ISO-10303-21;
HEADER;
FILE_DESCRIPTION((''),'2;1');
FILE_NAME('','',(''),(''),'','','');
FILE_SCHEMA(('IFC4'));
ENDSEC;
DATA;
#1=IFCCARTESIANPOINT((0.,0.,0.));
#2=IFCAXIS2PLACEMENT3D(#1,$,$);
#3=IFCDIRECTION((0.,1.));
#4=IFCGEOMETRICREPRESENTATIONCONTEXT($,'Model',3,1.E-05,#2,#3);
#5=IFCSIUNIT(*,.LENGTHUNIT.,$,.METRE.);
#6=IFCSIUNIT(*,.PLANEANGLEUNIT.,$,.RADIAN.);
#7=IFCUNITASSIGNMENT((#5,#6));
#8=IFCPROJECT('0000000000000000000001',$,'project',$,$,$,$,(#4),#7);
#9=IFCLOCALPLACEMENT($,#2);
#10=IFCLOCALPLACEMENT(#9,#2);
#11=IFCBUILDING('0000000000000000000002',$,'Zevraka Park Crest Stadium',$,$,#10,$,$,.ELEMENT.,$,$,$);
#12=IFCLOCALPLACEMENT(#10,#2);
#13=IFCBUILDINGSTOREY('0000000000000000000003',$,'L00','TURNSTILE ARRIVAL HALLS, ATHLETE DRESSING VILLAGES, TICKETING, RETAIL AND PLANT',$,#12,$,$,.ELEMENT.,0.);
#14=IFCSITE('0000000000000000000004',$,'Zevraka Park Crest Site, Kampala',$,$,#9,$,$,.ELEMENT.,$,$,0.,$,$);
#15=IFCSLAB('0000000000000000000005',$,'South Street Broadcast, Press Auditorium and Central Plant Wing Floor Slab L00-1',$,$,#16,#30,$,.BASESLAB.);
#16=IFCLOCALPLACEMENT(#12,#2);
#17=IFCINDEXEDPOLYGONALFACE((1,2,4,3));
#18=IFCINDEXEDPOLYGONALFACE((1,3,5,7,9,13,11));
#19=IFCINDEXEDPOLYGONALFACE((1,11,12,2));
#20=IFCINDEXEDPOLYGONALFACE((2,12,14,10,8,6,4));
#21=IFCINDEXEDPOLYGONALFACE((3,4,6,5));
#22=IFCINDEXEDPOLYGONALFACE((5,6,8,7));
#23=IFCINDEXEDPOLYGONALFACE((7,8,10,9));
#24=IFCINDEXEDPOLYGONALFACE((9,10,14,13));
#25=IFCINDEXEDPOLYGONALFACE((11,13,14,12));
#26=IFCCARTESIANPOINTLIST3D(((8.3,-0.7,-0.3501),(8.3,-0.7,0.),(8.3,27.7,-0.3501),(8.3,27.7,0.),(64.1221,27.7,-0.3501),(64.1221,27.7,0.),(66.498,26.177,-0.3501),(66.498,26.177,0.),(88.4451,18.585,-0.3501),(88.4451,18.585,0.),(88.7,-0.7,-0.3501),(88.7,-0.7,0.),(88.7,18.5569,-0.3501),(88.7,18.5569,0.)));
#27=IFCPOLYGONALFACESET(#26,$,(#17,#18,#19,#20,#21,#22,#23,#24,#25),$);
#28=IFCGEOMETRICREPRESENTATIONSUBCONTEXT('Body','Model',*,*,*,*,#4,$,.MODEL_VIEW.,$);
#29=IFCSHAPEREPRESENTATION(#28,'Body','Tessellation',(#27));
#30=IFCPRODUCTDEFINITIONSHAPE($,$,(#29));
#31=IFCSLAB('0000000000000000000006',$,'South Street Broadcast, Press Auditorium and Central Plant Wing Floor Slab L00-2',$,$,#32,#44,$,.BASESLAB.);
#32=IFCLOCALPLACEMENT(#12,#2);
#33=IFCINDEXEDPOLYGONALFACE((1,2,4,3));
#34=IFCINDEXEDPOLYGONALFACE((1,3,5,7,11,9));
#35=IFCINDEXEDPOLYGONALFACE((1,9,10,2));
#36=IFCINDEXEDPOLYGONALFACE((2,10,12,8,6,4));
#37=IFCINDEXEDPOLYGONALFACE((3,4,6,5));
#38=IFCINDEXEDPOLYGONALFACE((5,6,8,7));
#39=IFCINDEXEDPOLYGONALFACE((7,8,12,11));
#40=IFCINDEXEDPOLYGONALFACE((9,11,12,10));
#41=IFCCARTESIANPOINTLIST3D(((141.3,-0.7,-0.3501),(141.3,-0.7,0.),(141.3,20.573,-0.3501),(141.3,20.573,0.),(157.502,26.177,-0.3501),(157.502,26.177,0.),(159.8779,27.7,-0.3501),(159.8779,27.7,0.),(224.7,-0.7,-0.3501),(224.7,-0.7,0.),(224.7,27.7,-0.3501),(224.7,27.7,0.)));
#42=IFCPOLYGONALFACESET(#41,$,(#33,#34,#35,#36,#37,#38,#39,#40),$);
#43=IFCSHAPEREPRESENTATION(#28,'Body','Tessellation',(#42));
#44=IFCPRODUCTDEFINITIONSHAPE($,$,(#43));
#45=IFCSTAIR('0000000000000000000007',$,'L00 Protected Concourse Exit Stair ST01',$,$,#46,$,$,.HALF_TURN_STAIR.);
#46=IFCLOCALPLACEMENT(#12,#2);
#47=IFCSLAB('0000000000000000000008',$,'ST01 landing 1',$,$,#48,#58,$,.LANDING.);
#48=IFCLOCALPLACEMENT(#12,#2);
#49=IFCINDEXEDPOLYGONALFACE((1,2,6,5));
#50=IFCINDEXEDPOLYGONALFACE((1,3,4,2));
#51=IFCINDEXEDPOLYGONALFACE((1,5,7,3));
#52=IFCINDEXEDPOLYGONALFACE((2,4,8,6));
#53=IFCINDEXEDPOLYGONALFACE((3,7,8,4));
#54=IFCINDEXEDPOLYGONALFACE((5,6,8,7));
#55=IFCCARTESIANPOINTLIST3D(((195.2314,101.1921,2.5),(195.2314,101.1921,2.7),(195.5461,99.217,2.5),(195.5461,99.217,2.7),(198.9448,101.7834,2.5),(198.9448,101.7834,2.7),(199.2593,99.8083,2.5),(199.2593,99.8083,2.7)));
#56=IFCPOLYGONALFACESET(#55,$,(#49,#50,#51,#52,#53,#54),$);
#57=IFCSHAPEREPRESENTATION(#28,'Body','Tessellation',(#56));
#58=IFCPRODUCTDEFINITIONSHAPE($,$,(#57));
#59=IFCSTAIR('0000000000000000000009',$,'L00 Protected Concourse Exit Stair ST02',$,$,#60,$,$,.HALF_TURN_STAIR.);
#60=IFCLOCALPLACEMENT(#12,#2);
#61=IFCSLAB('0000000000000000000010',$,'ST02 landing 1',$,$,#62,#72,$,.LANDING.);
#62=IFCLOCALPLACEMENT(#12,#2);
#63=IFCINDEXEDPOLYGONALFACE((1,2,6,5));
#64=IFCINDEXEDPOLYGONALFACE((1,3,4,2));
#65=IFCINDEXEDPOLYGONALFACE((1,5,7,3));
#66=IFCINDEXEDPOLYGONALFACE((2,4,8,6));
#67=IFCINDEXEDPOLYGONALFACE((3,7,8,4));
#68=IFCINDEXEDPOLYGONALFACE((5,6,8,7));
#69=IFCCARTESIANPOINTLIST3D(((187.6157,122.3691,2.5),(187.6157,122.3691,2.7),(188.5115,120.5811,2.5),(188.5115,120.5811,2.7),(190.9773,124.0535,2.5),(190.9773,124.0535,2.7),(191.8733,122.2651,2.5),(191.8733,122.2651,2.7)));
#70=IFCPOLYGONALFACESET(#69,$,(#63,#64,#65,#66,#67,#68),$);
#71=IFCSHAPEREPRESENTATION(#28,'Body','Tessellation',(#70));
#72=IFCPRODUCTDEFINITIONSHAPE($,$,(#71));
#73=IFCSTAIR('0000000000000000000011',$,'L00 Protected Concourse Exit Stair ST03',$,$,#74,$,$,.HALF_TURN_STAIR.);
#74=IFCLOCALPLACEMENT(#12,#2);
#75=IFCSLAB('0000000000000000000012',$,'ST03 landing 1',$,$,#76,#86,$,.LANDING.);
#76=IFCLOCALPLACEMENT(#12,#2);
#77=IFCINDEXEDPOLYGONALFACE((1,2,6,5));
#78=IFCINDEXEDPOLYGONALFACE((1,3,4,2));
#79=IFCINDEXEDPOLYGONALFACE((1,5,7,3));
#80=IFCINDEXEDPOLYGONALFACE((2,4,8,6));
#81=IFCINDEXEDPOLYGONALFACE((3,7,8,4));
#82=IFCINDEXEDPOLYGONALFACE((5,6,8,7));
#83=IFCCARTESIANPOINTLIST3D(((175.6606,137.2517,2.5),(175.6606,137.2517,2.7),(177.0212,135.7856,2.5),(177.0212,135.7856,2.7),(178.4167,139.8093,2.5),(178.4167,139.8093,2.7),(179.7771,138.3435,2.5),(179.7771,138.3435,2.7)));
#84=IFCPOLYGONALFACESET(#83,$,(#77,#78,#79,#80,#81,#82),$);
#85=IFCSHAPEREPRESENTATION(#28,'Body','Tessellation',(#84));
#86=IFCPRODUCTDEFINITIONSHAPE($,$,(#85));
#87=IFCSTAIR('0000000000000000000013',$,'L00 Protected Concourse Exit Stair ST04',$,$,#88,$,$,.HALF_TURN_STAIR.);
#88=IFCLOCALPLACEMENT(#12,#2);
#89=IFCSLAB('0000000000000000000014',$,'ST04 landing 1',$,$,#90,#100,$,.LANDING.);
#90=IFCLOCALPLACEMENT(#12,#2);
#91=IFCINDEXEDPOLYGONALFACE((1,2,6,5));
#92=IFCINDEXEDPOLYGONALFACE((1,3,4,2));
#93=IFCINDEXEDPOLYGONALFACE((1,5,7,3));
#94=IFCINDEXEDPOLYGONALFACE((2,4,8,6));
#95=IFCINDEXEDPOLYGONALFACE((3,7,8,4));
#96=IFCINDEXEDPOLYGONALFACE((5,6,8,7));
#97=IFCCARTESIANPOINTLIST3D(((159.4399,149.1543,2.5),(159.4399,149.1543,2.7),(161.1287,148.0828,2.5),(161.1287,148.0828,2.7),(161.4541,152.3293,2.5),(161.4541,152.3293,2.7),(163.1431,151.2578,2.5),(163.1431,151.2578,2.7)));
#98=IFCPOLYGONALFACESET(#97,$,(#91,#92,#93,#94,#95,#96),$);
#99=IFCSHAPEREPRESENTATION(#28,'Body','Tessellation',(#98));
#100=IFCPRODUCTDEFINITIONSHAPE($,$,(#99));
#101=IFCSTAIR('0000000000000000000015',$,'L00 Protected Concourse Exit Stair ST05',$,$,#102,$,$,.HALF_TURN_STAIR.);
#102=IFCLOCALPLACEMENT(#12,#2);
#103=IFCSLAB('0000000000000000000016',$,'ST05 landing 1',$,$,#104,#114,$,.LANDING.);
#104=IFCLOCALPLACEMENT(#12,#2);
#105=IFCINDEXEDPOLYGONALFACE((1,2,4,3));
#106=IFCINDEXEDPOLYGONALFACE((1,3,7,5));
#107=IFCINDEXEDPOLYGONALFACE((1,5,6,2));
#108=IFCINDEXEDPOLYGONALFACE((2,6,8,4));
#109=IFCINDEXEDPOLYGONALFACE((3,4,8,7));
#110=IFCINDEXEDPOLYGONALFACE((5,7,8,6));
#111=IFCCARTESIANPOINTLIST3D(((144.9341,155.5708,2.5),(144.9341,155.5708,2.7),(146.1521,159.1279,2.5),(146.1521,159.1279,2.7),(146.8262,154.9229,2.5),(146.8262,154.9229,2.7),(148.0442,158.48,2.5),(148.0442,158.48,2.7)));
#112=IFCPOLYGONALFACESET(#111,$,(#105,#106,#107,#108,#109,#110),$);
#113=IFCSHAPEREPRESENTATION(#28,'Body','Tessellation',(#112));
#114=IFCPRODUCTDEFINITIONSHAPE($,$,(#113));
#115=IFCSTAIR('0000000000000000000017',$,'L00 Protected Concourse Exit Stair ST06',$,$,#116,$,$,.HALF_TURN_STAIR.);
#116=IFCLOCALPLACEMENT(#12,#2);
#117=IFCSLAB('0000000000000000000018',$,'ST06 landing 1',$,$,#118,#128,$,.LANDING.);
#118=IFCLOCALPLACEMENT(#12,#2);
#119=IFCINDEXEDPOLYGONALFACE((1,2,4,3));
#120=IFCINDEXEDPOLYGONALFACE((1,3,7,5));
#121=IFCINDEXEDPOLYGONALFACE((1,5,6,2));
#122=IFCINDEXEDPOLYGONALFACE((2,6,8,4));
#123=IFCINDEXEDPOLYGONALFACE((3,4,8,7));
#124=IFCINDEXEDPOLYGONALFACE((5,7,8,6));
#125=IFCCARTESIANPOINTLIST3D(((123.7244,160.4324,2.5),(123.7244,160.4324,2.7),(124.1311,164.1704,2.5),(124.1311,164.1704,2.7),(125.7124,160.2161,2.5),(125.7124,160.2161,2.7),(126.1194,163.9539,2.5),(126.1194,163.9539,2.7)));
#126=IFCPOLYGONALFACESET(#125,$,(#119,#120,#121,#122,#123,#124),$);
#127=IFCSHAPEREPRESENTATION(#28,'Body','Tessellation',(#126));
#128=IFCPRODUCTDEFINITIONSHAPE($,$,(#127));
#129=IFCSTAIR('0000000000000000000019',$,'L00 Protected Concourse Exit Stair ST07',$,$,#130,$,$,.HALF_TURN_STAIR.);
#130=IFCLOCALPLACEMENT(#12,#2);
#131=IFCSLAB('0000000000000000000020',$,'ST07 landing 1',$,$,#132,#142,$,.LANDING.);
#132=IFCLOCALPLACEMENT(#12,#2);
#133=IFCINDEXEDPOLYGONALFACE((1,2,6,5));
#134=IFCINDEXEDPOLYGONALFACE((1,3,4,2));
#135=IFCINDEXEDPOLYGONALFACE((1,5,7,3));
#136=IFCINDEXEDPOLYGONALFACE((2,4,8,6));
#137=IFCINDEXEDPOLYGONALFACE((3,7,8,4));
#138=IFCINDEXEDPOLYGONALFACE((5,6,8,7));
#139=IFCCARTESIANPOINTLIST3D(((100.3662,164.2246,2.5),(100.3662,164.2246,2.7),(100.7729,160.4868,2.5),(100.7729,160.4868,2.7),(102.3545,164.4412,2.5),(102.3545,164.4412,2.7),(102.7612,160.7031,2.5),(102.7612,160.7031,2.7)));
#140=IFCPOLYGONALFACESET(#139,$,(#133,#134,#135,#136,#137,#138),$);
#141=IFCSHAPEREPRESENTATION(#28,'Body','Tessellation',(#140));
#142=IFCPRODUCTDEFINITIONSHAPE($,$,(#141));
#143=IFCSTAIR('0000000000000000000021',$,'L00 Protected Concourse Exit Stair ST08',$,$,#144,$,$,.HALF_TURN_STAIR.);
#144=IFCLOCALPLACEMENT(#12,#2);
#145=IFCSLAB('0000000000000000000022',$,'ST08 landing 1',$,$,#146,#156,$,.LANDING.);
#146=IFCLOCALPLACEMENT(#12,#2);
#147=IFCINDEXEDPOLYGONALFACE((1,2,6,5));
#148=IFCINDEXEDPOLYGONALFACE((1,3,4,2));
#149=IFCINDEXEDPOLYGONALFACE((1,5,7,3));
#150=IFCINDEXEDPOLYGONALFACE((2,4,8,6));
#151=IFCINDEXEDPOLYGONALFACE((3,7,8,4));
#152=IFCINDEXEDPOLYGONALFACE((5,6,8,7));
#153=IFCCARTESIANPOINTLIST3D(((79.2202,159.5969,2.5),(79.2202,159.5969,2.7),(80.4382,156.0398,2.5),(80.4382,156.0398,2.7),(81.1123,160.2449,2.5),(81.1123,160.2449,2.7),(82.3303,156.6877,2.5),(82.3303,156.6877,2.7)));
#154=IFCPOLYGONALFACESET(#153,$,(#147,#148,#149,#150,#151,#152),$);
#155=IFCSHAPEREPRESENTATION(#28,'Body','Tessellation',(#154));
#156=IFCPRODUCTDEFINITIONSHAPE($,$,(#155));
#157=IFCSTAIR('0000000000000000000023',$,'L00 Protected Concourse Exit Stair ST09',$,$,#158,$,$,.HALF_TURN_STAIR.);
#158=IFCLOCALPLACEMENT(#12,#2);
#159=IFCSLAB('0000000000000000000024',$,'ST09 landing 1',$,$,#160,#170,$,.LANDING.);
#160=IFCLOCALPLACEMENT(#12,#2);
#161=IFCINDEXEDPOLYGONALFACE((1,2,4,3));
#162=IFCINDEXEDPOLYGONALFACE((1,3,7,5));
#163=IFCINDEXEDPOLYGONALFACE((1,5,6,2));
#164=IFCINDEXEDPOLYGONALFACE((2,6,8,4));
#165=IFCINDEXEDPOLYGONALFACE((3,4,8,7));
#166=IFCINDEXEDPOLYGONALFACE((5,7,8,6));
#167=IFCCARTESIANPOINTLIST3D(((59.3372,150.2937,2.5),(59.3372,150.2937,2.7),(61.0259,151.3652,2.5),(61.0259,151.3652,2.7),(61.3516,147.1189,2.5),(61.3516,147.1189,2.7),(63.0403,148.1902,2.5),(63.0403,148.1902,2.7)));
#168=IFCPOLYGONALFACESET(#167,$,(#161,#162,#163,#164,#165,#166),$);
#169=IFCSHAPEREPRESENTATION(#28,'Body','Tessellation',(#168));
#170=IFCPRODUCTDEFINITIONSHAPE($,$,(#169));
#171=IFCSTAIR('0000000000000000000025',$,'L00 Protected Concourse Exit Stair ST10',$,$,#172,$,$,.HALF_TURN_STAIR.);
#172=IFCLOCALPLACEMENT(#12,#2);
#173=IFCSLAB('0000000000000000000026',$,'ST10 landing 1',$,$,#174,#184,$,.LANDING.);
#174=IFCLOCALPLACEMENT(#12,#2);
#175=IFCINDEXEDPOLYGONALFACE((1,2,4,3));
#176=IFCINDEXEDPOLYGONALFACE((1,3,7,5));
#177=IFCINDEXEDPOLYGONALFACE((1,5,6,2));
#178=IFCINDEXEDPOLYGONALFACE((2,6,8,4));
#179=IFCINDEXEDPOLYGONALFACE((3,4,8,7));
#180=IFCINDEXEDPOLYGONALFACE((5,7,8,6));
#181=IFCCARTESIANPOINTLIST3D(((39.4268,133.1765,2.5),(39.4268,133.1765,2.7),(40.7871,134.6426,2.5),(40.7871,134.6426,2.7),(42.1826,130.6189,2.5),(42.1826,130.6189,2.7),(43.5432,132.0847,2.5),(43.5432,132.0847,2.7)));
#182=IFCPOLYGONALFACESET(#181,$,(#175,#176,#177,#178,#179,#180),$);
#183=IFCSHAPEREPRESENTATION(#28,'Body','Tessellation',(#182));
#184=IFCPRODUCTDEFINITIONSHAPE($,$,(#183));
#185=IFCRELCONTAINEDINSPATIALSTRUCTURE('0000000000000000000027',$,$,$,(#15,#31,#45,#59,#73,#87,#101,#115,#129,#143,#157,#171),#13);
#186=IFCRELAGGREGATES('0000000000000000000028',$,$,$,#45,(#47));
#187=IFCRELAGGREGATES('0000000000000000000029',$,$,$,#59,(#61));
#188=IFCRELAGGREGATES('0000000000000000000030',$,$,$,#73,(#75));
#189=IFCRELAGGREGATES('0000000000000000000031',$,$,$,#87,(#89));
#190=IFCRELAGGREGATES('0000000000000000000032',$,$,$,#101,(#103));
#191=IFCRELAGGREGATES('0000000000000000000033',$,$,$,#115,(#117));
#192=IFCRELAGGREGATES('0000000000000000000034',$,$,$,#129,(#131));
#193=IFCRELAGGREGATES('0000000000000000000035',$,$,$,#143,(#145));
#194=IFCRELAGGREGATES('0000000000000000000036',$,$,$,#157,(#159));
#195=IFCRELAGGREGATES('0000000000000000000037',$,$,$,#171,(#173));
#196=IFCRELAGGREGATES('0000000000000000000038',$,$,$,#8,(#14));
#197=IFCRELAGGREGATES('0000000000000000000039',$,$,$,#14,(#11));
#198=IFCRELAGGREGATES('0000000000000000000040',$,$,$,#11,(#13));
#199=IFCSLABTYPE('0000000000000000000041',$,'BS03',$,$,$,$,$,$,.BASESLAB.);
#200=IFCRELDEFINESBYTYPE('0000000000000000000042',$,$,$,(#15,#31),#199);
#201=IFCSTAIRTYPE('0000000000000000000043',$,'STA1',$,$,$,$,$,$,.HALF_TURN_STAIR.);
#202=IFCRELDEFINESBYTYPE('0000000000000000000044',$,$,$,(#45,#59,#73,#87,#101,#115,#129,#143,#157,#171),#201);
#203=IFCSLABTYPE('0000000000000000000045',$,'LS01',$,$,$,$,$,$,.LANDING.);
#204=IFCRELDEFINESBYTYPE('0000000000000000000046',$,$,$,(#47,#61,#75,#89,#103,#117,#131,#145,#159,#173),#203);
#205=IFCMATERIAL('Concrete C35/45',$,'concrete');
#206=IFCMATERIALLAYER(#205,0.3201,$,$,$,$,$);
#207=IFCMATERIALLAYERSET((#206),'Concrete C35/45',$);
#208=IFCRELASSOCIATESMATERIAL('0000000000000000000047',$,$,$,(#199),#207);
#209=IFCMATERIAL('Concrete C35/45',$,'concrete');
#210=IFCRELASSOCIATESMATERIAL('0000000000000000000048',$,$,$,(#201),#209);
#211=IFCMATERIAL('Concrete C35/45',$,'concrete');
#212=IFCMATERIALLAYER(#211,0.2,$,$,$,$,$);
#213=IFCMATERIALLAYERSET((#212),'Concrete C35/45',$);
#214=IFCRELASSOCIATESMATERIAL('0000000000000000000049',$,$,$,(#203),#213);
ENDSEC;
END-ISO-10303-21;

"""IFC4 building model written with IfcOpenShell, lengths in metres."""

from ifc_helpers import new_model, si_unit, direction, frame, origin, place, context, subcontext, project, spatial, polyline, outline, extrude, material, layer, layer_set, type_object, element, aggregate, save


model = new_model("IFC4")

# Units and contexts
model_context = context("Model", 3, precision=1e-05, world=origin(), true_north=direction((0.0, 1.0)))
body_context = subcontext(model_context, "Body", "Model", "MODEL_VIEW")
ifc_project = project(units=[si_unit("LENGTHUNIT", "METRE"), si_unit("PLANEANGLEUNIT", "RADIAN")], contexts=[model_context])

# Site, building, storey
site_placement = place(None, origin())
site = spatial("IfcSite", under=ifc_project, at=site_placement, Name="Zevraka Park Crest Site, Kampala", CompositionType="ELEMENT", RefElevation=0.0)
building_placement = place(site_placement, origin())
building = spatial("IfcBuilding", under=site, at=building_placement, Name="Zevraka Park Crest Stadium", CompositionType="ELEMENT")
storey_placement = place(building_placement, origin())
storey = spatial("IfcBuildingStorey", under=building, at=storey_placement, Name="L00", Description="TURNSTILE ARRIVAL HALLS, ATHLETE DRESSING VILLAGES, TICKETING, RETAIL AND PLANT", CompositionType="ELEMENT", Elevation=0.0)

# Slabs
ifc_material_1 = material(Name="Concrete C35/45", Category="concrete")
ifc_layer_1 = layer(ifc_material_1, 0.3201)
ifc_layer_set_1 = layer_set([ifc_layer_1], Name="Concrete C35/45")
slab_type_1 = type_object("IfcSlabType", Name="BS03", PredefinedType="BASESLAB", material=ifc_layer_set_1)
slab_1_placement = place(storey_placement, frame((0.0, 0.0, -0.3501)))
element("IfcSlab", 1, at=slab_1_placement, inside=storey, type_object=slab_type_1, Name="South Street Broadcast, Press Auditorium and Central Plant Wing Floor Slab L00-1", PredefinedType="BASESLAB", context=body_context, shape_type="SweptSolid", body=[
    extrude(outline(polyline([(64.1221, 27.7), (66.498, 26.177), (88.4451, 18.585), (88.7, 18.5569), (88.7, -0.7), (8.3, -0.7), (8.3, 27.7), (64.1221, 27.7)])), origin(), (0.0, 0.0, 1.0), 0.3501),
])
slab_2_placement = place(storey_placement, frame((0.0, 0.0, -0.3501)))
element("IfcSlab", 2, at=slab_2_placement, inside=storey, type_object=slab_type_1, Name="South Street Broadcast, Press Auditorium and Central Plant Wing Floor Slab L00-2", PredefinedType="BASESLAB", context=body_context, shape_type="SweptSolid", body=[
    extrude(outline(polyline([(224.7, 27.7), (224.7, -0.7), (141.3, -0.7), (141.3, 20.573), (157.502, 26.177), (159.8779, 27.7), (224.7, 27.7)])), origin(), (0.0, 0.0, 1.0), 0.3501),
])

# Stairs, slabs
ifc_material_2 = material(Name="Concrete C35/45", Category="concrete")
stair_type = type_object("IfcStairType", Name="STA1", PredefinedType="HALF_TURN_STAIR", material=ifc_material_2)
stair_1_placement = place(storey_placement, origin())
stair_1 = element("IfcStair", 3, at=stair_1_placement, inside=storey, type_object=stair_type, Name="L00 Protected Concourse Exit Stair ST01", PredefinedType="HALF_TURN_STAIR")
ifc_material_3 = material(Name="Concrete C35/45", Category="concrete")
ifc_layer_2 = layer(ifc_material_3, 0.2)
ifc_layer_set_2 = layer_set([ifc_layer_2], Name="Concrete C35/45")
slab_type_2 = type_object("IfcSlabType", Name="LS01", PredefinedType="LANDING", material=ifc_layer_set_2)
slab_3_placement = place(storey_placement, frame((0.0, 0.0, 2.5)))
slab_3 = element("IfcSlab", 4, at=slab_3_placement, type_object=slab_type_2, Name="ST01 landing 1", PredefinedType="LANDING", context=body_context, shape_type="SweptSolid", body=[
    extrude(outline(polyline([(199.2593, 99.8083), (198.9448, 101.7834), (195.2314, 101.1921), (195.5461, 99.217), (199.2593, 99.8083)])), origin(), (0.0, 0.0, 1.0), 0.2),
])
aggregate(stair_1, [slab_3])
stair_2_placement = place(storey_placement, origin())
stair_2 = element("IfcStair", 5, at=stair_2_placement, inside=storey, type_object=stair_type, Name="L00 Protected Concourse Exit Stair ST02", PredefinedType="HALF_TURN_STAIR")
slab_4_placement = place(storey_placement, frame((0.0, 0.0, 2.5)))
slab_4 = element("IfcSlab", 6, at=slab_4_placement, type_object=slab_type_2, Name="ST02 landing 1", PredefinedType="LANDING", context=body_context, shape_type="SweptSolid", body=[
    extrude(outline(polyline([(191.8733, 122.2651), (190.9773, 124.0535), (187.6157, 122.3691), (188.5115, 120.5811), (191.8733, 122.2651)])), origin(), (0.0, 0.0, 1.0), 0.2),
])
aggregate(stair_2, [slab_4])
stair_3_placement = place(storey_placement, origin())
stair_3 = element("IfcStair", 7, at=stair_3_placement, inside=storey, type_object=stair_type, Name="L00 Protected Concourse Exit Stair ST03", PredefinedType="HALF_TURN_STAIR")
slab_5_placement = place(storey_placement, frame((0.0, 0.0, 2.5)))
slab_5 = element("IfcSlab", 8, at=slab_5_placement, type_object=slab_type_2, Name="ST03 landing 1", PredefinedType="LANDING", context=body_context, shape_type="SweptSolid", body=[
    extrude(outline(polyline([(179.7771, 138.3435), (178.4167, 139.8093), (175.6606, 137.2517), (177.0212, 135.7856), (179.7771, 138.3435)])), origin(), (0.0, 0.0, 1.0), 0.2),
])
aggregate(stair_3, [slab_5])
stair_4_placement = place(storey_placement, origin())
stair_4 = element("IfcStair", 9, at=stair_4_placement, inside=storey, type_object=stair_type, Name="L00 Protected Concourse Exit Stair ST04", PredefinedType="HALF_TURN_STAIR")
slab_6_placement = place(storey_placement, frame((0.0, 0.0, 2.5)))
slab_6 = element("IfcSlab", 10, at=slab_6_placement, type_object=slab_type_2, Name="ST04 landing 1", PredefinedType="LANDING", context=body_context, shape_type="SweptSolid", body=[
    extrude(outline(polyline([(163.1431, 151.2578), (161.4541, 152.3293), (159.4399, 149.1543), (161.1287, 148.0828), (163.1431, 151.2578)])), origin(), (0.0, 0.0, 1.0), 0.2),
])
aggregate(stair_4, [slab_6])
stair_5_placement = place(storey_placement, origin())
stair_5 = element("IfcStair", 11, at=stair_5_placement, inside=storey, type_object=stair_type, Name="L00 Protected Concourse Exit Stair ST05", PredefinedType="HALF_TURN_STAIR")
slab_7_placement = place(storey_placement, frame((0.0, 0.0, 2.5)))
slab_7 = element("IfcSlab", 12, at=slab_7_placement, type_object=slab_type_2, Name="ST05 landing 1", PredefinedType="LANDING", context=body_context, shape_type="SweptSolid", body=[
    extrude(outline(polyline([(148.0442, 158.48), (146.1521, 159.1279), (144.9341, 155.5708), (146.8262, 154.9229), (148.0442, 158.48)])), origin(), (0.0, 0.0, 1.0), 0.2),
])
aggregate(stair_5, [slab_7])
stair_6_placement = place(storey_placement, origin())
stair_6 = element("IfcStair", 13, at=stair_6_placement, inside=storey, type_object=stair_type, Name="L00 Protected Concourse Exit Stair ST06", PredefinedType="HALF_TURN_STAIR")
slab_8_placement = place(storey_placement, frame((0.0, 0.0, 2.5)))
slab_8 = element("IfcSlab", 14, at=slab_8_placement, type_object=slab_type_2, Name="ST06 landing 1", PredefinedType="LANDING", context=body_context, shape_type="SweptSolid", body=[
    extrude(outline(polyline([(126.1194, 163.9539), (124.1311, 164.1704), (123.7244, 160.4324), (125.7124, 160.2161), (126.1194, 163.9539)])), origin(), (0.0, 0.0, 1.0), 0.2),
])
aggregate(stair_6, [slab_8])
stair_7_placement = place(storey_placement, origin())
stair_7 = element("IfcStair", 15, at=stair_7_placement, inside=storey, type_object=stair_type, Name="L00 Protected Concourse Exit Stair ST07", PredefinedType="HALF_TURN_STAIR")
slab_9_placement = place(storey_placement, frame((0.0, 0.0, 2.5)))
slab_9 = element("IfcSlab", 16, at=slab_9_placement, type_object=slab_type_2, Name="ST07 landing 1", PredefinedType="LANDING", context=body_context, shape_type="SweptSolid", body=[
    extrude(outline(polyline([(102.3545, 164.4412), (100.3662, 164.2246), (100.7729, 160.4868), (102.7612, 160.7031), (102.3545, 164.4412)])), origin(), (0.0, 0.0, 1.0), 0.2),
])
aggregate(stair_7, [slab_9])
stair_8_placement = place(storey_placement, origin())
stair_8 = element("IfcStair", 17, at=stair_8_placement, inside=storey, type_object=stair_type, Name="L00 Protected Concourse Exit Stair ST08", PredefinedType="HALF_TURN_STAIR")
slab_10_placement = place(storey_placement, frame((0.0, 0.0, 2.5)))
slab_10 = element("IfcSlab", 18, at=slab_10_placement, type_object=slab_type_2, Name="ST08 landing 1", PredefinedType="LANDING", context=body_context, shape_type="SweptSolid", body=[
    extrude(outline(polyline([(81.1123, 160.2449), (79.2202, 159.5969), (80.4382, 156.0398), (82.3303, 156.6877), (81.1123, 160.2449)])), origin(), (0.0, 0.0, 1.0), 0.2),
])
aggregate(stair_8, [slab_10])
stair_9_placement = place(storey_placement, origin())
stair_9 = element("IfcStair", 19, at=stair_9_placement, inside=storey, type_object=stair_type, Name="L00 Protected Concourse Exit Stair ST09", PredefinedType="HALF_TURN_STAIR")
slab_11_placement = place(storey_placement, frame((0.0, 0.0, 2.5)))
slab_11 = element("IfcSlab", 20, at=slab_11_placement, type_object=slab_type_2, Name="ST09 landing 1", PredefinedType="LANDING", context=body_context, shape_type="SweptSolid", body=[
    extrude(outline(polyline([(61.0259, 151.3652), (59.3372, 150.2937), (61.3516, 147.1189), (63.0403, 148.1902), (61.0259, 151.3652)])), origin(), (0.0, 0.0, 1.0), 0.2),
])
aggregate(stair_9, [slab_11])
stair_10_placement = place(storey_placement, origin())
stair_10 = element("IfcStair", 21, at=stair_10_placement, inside=storey, type_object=stair_type, Name="L00 Protected Concourse Exit Stair ST10", PredefinedType="HALF_TURN_STAIR")
slab_12_placement = place(storey_placement, frame((0.0, 0.0, 2.5)))
slab_12 = element("IfcSlab", 22, at=slab_12_placement, type_object=slab_type_2, Name="ST10 landing 1", PredefinedType="LANDING", context=body_context, shape_type="SweptSolid", body=[
    extrude(outline(polyline([(40.7871, 134.6426), (39.4268, 133.1765), (42.1826, 130.6189), (43.5432, 132.0847), (40.7871, 134.6426)])), origin(), (0.0, 0.0, 1.0), 0.2),
])
aggregate(stair_10, [slab_12])

save(model, "model.ifc")
